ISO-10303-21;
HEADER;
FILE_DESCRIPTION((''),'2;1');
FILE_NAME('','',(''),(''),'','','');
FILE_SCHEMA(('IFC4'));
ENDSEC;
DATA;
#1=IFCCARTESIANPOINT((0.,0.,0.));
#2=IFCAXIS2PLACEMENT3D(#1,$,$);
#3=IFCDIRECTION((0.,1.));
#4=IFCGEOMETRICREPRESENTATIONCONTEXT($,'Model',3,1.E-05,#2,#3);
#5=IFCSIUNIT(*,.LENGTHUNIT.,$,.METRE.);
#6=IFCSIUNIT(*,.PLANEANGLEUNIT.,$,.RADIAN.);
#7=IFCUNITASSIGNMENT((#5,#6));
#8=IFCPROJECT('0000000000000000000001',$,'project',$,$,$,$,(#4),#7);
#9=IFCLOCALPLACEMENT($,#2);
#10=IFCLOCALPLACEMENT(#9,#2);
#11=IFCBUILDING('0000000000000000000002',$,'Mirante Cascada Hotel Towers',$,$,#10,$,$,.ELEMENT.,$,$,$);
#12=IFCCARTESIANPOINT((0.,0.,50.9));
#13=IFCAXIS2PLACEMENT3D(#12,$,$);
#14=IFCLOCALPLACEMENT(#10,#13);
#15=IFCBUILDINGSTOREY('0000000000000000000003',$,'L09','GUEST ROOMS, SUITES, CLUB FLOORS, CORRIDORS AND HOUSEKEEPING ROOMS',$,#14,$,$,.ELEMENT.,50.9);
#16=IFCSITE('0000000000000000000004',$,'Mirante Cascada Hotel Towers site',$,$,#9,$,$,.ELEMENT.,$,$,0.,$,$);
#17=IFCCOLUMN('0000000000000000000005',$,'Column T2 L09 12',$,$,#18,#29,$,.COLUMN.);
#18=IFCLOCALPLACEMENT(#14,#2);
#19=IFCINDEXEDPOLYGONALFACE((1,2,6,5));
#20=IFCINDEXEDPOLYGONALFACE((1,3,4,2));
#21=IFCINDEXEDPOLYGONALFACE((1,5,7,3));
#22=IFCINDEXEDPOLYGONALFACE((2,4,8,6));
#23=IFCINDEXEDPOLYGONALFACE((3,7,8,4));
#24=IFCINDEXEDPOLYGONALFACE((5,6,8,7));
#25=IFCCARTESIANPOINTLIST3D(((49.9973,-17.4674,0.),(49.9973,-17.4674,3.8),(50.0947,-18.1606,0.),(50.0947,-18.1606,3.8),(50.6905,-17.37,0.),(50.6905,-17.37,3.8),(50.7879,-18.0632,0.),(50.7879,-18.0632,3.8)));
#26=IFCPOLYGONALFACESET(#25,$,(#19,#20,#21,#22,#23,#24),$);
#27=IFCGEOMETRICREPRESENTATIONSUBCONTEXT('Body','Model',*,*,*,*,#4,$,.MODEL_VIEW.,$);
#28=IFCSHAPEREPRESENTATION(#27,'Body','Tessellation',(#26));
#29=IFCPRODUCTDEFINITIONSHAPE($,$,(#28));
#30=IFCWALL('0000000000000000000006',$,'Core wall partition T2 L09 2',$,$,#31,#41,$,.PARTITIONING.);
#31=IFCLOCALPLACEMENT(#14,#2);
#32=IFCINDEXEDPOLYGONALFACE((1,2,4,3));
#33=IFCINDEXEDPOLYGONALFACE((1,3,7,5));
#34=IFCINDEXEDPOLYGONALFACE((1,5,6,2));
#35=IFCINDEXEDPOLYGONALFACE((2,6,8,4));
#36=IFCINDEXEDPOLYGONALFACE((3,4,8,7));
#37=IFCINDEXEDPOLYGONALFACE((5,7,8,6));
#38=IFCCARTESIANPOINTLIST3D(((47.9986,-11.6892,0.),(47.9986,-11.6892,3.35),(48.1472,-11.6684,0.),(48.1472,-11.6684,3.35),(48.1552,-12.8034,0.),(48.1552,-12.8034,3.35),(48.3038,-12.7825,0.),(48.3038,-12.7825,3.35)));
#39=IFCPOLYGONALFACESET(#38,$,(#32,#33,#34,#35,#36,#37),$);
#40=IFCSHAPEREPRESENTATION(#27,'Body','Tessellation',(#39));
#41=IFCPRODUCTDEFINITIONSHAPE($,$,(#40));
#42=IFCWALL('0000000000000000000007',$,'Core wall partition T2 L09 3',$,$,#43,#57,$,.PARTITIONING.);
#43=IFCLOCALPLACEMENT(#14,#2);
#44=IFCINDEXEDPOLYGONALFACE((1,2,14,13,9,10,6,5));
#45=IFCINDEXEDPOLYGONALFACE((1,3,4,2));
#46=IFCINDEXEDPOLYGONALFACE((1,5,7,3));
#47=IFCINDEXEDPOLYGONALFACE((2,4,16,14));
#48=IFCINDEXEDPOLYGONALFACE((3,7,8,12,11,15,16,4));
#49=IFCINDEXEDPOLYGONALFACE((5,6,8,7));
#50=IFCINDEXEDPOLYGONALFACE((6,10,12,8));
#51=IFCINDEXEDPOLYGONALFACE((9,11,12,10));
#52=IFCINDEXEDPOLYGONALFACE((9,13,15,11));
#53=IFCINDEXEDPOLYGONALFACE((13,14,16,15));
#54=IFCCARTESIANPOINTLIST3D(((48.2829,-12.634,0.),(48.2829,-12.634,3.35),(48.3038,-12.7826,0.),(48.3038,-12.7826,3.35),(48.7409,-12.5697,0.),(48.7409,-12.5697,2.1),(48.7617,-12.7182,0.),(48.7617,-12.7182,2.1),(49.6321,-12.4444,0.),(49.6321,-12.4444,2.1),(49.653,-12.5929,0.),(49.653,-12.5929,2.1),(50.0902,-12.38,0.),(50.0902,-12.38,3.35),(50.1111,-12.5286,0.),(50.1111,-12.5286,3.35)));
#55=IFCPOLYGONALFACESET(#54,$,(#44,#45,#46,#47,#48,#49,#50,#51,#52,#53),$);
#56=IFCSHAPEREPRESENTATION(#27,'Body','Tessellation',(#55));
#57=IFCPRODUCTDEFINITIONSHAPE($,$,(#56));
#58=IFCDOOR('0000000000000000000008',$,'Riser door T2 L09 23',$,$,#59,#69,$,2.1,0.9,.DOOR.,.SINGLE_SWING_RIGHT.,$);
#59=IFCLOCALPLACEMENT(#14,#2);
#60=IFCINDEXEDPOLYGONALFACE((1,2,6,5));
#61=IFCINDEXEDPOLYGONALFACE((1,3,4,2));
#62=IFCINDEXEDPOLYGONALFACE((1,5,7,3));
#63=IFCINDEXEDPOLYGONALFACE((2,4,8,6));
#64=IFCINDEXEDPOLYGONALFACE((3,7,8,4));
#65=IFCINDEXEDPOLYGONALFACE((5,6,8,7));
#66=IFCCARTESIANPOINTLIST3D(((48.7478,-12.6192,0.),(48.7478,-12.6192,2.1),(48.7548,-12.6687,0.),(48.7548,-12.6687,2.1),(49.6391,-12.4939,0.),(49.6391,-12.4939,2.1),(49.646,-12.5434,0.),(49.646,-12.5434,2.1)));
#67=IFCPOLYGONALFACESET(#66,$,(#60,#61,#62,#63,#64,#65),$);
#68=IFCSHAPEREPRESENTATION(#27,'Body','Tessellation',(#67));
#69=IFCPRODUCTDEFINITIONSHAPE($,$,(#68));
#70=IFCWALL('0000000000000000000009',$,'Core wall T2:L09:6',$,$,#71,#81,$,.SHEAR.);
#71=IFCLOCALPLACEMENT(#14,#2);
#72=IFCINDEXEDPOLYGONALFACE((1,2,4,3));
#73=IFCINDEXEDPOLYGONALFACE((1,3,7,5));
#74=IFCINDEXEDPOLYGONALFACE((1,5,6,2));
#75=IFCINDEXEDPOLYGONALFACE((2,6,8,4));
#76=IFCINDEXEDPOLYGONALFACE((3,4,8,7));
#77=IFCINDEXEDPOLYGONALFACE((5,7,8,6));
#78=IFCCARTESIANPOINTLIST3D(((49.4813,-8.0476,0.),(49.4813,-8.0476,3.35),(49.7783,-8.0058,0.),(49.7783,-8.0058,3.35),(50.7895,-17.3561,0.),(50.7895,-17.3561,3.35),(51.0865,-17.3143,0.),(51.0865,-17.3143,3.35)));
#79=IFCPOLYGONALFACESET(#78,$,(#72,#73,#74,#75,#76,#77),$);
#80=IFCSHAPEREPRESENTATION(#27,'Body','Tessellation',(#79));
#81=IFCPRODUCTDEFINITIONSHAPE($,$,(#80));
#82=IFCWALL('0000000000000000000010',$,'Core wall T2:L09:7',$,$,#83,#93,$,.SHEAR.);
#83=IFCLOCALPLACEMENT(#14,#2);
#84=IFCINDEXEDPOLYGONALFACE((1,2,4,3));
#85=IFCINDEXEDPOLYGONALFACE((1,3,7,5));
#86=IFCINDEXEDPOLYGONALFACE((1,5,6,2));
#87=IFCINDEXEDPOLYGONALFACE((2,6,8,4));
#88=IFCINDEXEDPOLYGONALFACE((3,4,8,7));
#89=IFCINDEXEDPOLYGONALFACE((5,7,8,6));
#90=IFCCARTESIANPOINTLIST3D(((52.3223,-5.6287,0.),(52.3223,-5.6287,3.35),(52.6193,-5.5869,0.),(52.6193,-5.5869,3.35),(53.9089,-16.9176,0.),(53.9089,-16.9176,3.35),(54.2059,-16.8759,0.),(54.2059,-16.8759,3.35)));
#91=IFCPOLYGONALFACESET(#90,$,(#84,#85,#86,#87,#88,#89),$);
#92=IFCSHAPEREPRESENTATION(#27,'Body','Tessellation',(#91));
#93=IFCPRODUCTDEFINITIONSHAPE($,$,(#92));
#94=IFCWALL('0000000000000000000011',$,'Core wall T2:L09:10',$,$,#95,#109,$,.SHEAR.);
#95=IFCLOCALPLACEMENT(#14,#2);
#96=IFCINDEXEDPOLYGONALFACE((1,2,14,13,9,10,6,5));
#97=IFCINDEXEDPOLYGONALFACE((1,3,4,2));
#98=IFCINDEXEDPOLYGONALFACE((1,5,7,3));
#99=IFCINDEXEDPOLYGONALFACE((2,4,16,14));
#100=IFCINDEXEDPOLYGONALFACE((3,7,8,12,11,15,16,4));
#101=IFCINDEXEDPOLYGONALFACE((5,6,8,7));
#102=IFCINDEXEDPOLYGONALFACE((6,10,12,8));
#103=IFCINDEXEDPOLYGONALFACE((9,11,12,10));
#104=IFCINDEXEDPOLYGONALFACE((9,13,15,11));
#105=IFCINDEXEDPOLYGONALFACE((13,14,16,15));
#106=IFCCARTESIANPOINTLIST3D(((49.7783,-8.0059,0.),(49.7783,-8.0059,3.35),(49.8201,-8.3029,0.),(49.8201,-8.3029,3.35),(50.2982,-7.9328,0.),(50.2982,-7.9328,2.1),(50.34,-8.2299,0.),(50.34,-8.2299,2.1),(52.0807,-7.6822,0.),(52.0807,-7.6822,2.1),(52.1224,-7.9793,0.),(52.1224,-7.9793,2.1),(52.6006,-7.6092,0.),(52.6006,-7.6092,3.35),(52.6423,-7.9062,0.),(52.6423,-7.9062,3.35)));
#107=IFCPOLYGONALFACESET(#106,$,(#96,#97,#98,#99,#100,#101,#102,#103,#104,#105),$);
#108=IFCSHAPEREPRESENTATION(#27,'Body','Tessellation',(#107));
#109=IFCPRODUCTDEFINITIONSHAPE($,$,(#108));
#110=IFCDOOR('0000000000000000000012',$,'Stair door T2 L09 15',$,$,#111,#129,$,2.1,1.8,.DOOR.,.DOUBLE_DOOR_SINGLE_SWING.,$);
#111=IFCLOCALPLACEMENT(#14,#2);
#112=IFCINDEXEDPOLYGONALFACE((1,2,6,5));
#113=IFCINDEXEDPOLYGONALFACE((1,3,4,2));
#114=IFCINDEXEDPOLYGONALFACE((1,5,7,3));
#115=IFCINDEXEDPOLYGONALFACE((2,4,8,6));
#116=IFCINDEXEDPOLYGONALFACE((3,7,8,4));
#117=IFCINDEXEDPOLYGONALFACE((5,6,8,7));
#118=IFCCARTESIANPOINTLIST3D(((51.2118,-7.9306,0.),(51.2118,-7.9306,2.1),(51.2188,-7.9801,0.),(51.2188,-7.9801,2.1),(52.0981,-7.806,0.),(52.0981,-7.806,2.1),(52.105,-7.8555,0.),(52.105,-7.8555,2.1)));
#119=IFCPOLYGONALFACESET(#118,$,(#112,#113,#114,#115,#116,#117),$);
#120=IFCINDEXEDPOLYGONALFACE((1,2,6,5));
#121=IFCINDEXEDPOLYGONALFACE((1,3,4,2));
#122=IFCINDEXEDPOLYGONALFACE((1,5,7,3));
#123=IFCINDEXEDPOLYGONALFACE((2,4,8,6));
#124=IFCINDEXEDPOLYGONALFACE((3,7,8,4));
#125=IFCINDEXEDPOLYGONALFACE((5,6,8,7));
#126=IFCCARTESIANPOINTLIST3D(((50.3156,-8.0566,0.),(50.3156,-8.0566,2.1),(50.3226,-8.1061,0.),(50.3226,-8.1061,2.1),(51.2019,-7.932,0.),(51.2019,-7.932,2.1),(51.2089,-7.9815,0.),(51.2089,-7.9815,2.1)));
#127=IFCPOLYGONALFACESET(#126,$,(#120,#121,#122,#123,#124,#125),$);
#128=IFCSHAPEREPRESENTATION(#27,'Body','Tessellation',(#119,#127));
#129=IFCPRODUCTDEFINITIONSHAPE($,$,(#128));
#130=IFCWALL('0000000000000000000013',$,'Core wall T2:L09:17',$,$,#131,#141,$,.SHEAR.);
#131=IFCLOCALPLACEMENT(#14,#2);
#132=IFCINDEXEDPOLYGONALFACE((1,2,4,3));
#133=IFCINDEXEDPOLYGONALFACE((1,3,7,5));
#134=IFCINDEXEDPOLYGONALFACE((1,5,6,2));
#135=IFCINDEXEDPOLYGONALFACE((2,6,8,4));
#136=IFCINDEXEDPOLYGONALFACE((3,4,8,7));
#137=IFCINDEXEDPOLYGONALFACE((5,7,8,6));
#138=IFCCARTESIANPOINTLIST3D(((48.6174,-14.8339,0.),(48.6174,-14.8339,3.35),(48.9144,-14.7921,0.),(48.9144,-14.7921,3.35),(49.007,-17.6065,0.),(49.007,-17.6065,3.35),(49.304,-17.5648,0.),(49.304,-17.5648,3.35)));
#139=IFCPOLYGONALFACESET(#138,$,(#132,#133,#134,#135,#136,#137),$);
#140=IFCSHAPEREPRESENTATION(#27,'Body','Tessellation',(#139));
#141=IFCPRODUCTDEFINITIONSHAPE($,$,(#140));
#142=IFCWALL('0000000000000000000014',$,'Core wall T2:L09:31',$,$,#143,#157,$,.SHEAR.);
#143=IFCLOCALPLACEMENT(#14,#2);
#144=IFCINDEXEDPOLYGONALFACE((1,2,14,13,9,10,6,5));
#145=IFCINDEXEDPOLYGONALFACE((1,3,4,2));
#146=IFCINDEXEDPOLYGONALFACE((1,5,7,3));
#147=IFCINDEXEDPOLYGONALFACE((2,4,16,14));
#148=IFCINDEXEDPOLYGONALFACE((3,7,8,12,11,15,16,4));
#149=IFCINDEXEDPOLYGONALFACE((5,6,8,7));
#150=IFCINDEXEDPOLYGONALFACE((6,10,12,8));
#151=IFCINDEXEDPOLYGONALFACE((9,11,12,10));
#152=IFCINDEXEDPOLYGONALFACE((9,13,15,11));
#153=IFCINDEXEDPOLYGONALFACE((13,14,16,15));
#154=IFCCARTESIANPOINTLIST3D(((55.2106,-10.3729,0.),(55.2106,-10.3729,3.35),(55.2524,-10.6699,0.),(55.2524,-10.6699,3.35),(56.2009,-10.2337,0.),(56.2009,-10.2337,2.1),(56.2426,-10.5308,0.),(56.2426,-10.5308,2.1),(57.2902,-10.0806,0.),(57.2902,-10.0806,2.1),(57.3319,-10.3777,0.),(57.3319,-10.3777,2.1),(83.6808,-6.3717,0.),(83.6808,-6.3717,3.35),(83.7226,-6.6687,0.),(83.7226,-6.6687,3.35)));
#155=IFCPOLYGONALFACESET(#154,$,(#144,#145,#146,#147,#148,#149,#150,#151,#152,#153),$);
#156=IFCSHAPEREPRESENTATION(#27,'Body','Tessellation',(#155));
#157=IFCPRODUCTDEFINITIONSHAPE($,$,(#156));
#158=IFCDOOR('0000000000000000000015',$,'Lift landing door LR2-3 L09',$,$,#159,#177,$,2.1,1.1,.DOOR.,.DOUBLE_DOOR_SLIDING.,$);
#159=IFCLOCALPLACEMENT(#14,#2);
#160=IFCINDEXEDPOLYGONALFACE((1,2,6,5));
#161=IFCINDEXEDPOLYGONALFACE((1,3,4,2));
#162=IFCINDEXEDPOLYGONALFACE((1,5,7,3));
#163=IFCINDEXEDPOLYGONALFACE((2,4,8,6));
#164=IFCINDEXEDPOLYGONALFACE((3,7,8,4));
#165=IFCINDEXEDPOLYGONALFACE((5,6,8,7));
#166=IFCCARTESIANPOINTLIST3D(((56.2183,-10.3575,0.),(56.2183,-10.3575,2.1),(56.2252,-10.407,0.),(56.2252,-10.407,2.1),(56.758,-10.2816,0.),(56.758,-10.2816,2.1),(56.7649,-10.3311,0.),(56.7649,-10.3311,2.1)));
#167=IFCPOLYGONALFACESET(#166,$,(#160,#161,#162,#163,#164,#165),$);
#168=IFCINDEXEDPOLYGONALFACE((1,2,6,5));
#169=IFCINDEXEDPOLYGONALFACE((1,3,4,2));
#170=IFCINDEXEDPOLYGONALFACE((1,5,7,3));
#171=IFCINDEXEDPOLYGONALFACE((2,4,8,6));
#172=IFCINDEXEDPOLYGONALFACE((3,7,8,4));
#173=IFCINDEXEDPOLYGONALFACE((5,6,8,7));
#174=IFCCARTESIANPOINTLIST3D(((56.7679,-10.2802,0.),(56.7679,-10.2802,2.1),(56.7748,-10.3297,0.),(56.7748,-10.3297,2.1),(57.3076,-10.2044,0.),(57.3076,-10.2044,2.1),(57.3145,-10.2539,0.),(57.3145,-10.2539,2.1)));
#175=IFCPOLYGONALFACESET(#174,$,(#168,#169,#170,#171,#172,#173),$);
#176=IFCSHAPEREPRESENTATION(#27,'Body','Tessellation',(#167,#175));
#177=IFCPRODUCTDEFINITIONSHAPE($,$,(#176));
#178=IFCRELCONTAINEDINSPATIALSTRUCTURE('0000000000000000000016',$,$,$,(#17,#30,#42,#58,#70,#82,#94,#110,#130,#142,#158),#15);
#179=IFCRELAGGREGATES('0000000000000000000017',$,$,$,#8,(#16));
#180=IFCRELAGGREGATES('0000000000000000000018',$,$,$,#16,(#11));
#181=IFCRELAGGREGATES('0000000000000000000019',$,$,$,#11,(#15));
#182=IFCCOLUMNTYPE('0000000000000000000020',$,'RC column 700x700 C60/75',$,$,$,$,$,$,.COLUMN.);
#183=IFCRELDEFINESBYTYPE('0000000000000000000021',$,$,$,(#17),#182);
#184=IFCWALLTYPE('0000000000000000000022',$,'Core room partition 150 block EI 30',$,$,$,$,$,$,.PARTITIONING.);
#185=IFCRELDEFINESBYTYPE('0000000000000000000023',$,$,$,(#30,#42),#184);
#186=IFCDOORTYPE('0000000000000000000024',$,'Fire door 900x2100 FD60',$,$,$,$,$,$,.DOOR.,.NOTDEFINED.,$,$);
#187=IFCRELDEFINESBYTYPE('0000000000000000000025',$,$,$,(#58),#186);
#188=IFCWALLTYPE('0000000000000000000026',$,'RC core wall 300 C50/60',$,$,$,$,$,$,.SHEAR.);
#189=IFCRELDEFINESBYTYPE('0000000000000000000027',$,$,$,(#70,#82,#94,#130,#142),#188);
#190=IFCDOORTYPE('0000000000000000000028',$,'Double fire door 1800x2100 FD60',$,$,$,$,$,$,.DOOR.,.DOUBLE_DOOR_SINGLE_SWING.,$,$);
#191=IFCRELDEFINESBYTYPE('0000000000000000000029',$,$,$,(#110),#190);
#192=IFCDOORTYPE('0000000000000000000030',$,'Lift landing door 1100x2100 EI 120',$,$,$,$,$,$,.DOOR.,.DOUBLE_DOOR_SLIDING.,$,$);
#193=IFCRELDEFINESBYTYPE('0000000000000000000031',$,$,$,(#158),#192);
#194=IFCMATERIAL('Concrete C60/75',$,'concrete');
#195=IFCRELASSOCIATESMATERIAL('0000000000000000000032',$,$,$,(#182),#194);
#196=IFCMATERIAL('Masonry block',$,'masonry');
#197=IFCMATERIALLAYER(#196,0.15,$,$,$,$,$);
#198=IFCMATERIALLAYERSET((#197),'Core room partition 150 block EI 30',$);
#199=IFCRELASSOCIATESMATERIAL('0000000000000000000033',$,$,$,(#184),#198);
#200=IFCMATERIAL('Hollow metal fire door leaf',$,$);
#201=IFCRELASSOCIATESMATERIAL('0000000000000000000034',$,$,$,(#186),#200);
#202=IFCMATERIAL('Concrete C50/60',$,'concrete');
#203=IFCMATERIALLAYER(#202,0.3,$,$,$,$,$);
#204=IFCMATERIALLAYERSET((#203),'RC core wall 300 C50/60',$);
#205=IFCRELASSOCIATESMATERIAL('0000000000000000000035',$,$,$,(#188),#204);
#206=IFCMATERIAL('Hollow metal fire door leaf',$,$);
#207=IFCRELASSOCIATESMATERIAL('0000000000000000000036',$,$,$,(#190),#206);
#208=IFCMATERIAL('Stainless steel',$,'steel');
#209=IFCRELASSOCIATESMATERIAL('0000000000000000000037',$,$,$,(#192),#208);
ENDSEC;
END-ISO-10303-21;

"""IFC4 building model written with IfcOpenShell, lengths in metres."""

from ifc_helpers import new_model, si_unit, direction, frame, frame_2d, origin, origin_2d, place, context, subcontext, project, spatial, rectangle, extrude, material, layer, layer_set, material_profile, profile_set, type_object, element, fill, save


model = new_model("IFC4")

# Units and contexts
model_context = context("Model", 3, precision=1e-05, world=origin(), true_north=direction((0.0, 1.0)))
body_context = subcontext(model_context, "Body", "Model", "MODEL_VIEW")
ifc_project = project(units=[si_unit("LENGTHUNIT", "METRE"), si_unit("PLANEANGLEUNIT", "RADIAN")], contexts=[model_context])

# Site, building, storey
site_placement = place(None, origin())
site = spatial("IfcSite", under=ifc_project, at=site_placement, Name="Mirante Cascada Hotel Towers site", CompositionType="ELEMENT", RefElevation=0.0)
building_placement = place(site_placement, origin())
building = spatial("IfcBuilding", under=site, at=building_placement, Name="Mirante Cascada Hotel Towers", CompositionType="ELEMENT")
storey_placement = place(building_placement, frame((0.0, 0.0, 50.9)))
storey = spatial("IfcBuildingStorey", under=building, at=storey_placement, Name="L09", Description="GUEST ROOMS, SUITES, CLUB FLOORS, CORRIDORS AND HOUSEKEEPING ROOMS", CompositionType="ELEMENT", Elevation=50.9)

# Column
ifc_material_1 = material(Name="Concrete C60/75", Category="concrete")
ifc_material_profile = material_profile(ifc_material_1, rectangle(XDim=0.7, YDim=0.7, at=origin_2d()), Name="RC column 700x700 C60/75")
ifc_profile_set = profile_set([ifc_material_profile], Name="Concrete C60/75")
column_type = type_object("IfcColumnType", Name="RC column 700x700 C60/75", PredefinedType="COLUMN", material=ifc_profile_set)
column_placement = place(storey_placement, frame((50.3926, -17.7653, 0.0), z_axis=(0.0, 0.0, 1.0), x_axis=(0.990268, 0.139173, 0.0)))
element("IfcColumn", 1, at=column_placement, inside=storey, type_object=column_type, Name="Column T2 L09 12", PredefinedType="COLUMN", context=body_context, shape_type="SweptSolid", body=[
    extrude(rectangle(XDim=0.7, YDim=0.7, at=origin_2d()), origin(), (0.0, 0.0, 1.0), 3.8),
])

# Wall
ifc_material_2 = material(Name="Masonry block", Category="masonry")
ifc_layer_1 = layer(ifc_material_2, 0.15)
ifc_layer_set_1 = layer_set([ifc_layer_1], Name="Core room partition 150 block EI 30")
wall_type_1 = type_object("IfcWallType", Name="Core room partition 150 block EI 30", PredefinedType="PARTITIONING", material=ifc_layer_set_1)
wall_1_placement = place(storey_placement, frame((48.2295, -12.793, 0.0), z_axis=(0.0, 0.0, 1.0), x_axis=(-0.139193, 0.990265, 0.0)))
element("IfcWall", 2, at=wall_1_placement, inside=storey, type_object=wall_type_1, Name="Core wall partition T2 L09 2", PredefinedType="PARTITIONING", context=body_context, shape_type="SweptSolid", body=[
    extrude(rectangle(XDim=1.1251, YDim=0.15, at=frame_2d((0.5626, 0.0))), origin(), (0.0, 0.0, 1.0), 3.35),
])

# Wall, opening, door
wall_2_placement = place(storey_placement, frame((48.2933, -12.7083, 0.0), z_axis=(0.0, 0.0, 1.0), x_axis=(0.990268, 0.139173, 0.0)))
wall_2 = element("IfcWall", 3, at=wall_2_placement, inside=storey, type_object=wall_type_1, Name="Core wall partition T2 L09 3", PredefinedType="PARTITIONING", context=body_context, shape_type="SweptSolid", body=[
    extrude(rectangle(XDim=1.8251, YDim=0.15, at=frame_2d((0.9126, 0.0))), origin(), (0.0, 0.0, 1.0), 3.35),
])
opening_1_placement = place(wall_2_placement, frame((0.4625, 0.0, 0.0)))
opening_1 = element("IfcOpeningElement", 4, at=opening_1_placement, cuts=wall_2, PredefinedType="OPENING", context=body_context, shape_type="SweptSolid", body=[
    extrude(rectangle(XDim=0.9, YDim=2.1, at=frame_2d((0.45, 1.05))), frame((0.0, 0.075, 0.0), z_axis=(0.0, -1.0, 0.0), x_axis=(1.0, 0.0, 0.0)), (0.0, 0.0, 1.0), 0.15),
])
ifc_material_3 = material(Name="Hollow metal fire door leaf")
door_type_1 = type_object("IfcDoorType", Name="Fire door 900x2100 FD60", OperationType="NOTDEFINED", PredefinedType="DOOR", material=ifc_material_3)
door_1_placement = place(opening_1_placement, frame((0.9, 0.0, 0.0), z_axis=(0.0, 0.0, 1.0), x_axis=(-1.0, 0.0, 0.0)))
door_1 = element("IfcDoor", 5, at=door_1_placement, inside=storey, type_object=door_type_1, Name="Riser door T2 L09 23", OperationType="SINGLE_SWING_RIGHT", OverallHeight=2.1, OverallWidth=0.9, PredefinedType="DOOR", context=body_context, shape_type="SweptSolid", body=[
    extrude(rectangle(XDim=0.9, YDim=2.1, at=frame_2d((0.45, 1.05))), frame((0.0, 0.025, 0.0), z_axis=(0.0, -1.0, 0.0), x_axis=(1.0, 0.0, 0.0)), (0.0, 0.0, 1.0), 0.05),
])
fill(opening_1, door_1)

# Walls
ifc_material_4 = material(Name="Concrete C50/60", Category="concrete")
ifc_layer_2 = layer(ifc_material_4, 0.3)
ifc_layer_set_2 = layer_set([ifc_layer_2], Name="RC core wall 300 C50/60")
wall_type_2 = type_object("IfcWallType", Name="RC core wall 300 C50/60", PredefinedType="SHEAR", material=ifc_layer_set_2)
wall_3_placement = place(storey_placement, frame((50.938, -17.3352, 0.0), z_axis=(0.0, 0.0, 1.0), x_axis=(-0.139171, 0.990268, 0.0)))
element("IfcWall", 6, at=wall_3_placement, inside=storey, type_object=wall_type_2, Name="Core wall T2:L09:6", PredefinedType="SHEAR", context=body_context, shape_type="SweptSolid", body=[
    extrude(rectangle(XDim=9.4, YDim=0.3, at=frame_2d((4.7, 0.0))), origin(), (0.0, 0.0, 1.0), 3.35),
])
wall_4_placement = place(storey_placement, frame((54.0574, -16.8968, 0.0), z_axis=(0.0, 0.0, 1.0), x_axis=(-0.139176, 0.990268, 0.0)))
element("IfcWall", 7, at=wall_4_placement, inside=storey, type_object=wall_type_2, Name="Core wall T2:L09:7", PredefinedType="SHEAR", context=body_context, shape_type="SweptSolid", body=[
    extrude(rectangle(XDim=11.3999, YDim=0.3, at=frame_2d((5.7, 0.0))), origin(), (0.0, 0.0, 1.0), 3.35),
])

# Wall, opening, door
wall_5_placement = place(storey_placement, frame((49.7992, -8.1544, 0.0), z_axis=(0.0, 0.0, 1.0), x_axis=(0.990266, 0.139191, 0.0)))
wall_5 = element("IfcWall", 8, at=wall_5_placement, inside=storey, type_object=wall_type_2, Name="Core wall T2:L09:10", PredefinedType="SHEAR", context=body_context, shape_type="SweptSolid", body=[
    extrude(rectangle(XDim=2.85, YDim=0.3, at=frame_2d((1.425, 0.0))), origin(), (0.0, 0.0, 1.0), 3.35),
])
opening_2_placement = place(wall_5_placement, frame((0.525, 0.0, 0.0)))
opening_2 = element("IfcOpeningElement", 9, at=opening_2_placement, cuts=wall_5, PredefinedType="OPENING", context=body_context, shape_type="SweptSolid", body=[
    extrude(rectangle(XDim=1.8, YDim=2.1, at=frame_2d((0.9, 1.05))), frame((0.0, 0.15, 0.0), z_axis=(0.0, -1.0, 0.0), x_axis=(1.0, 0.0, 0.0)), (0.0, 0.0, 1.0), 0.3),
])
ifc_material_5 = material(Name="Hollow metal fire door leaf")
door_type_2 = type_object("IfcDoorType", Name="Double fire door 1800x2100 FD60", OperationType="DOUBLE_DOOR_SINGLE_SWING", PredefinedType="DOOR", material=ifc_material_5)
door_2_placement = place(opening_2_placement, frame((1.8, 0.0, 0.0), z_axis=(0.0, 0.0, 1.0), x_axis=(-1.0, 0.0, 0.0)))
door_2 = element("IfcDoor", 10, at=door_2_placement, inside=storey, type_object=door_type_2, Name="Stair door T2 L09 15", OperationType="DOUBLE_DOOR_SINGLE_SWING", OverallHeight=2.1, OverallWidth=1.8, PredefinedType="DOOR", context=body_context, shape_type="SweptSolid", body=[
    extrude(rectangle(XDim=0.895, YDim=2.1, at=frame_2d((0.4475, 1.05))), frame((0.0, 0.025, 0.0), z_axis=(0.0, -1.0, 0.0), x_axis=(1.0, 0.0, 0.0)), (0.0, 0.0, 1.0), 0.05),
    extrude(rectangle(XDim=0.895, YDim=2.1, at=frame_2d((1.3525, 1.05))), frame((0.0, 0.025, 0.0), z_axis=(0.0, -1.0, 0.0), x_axis=(1.0, 0.0, 0.0)), (0.0, 0.0, 1.0), 0.05),
])
fill(opening_2, door_2)

# Wall
wall_6_placement = place(storey_placement, frame((49.1555, -17.5857, 0.0), z_axis=(0.0, 0.0, 1.0), x_axis=(-0.139146, 0.990272, 0.0)))
element("IfcWall", 11, at=wall_6_placement, inside=storey, type_object=wall_type_2, Name="Core wall T2:L09:17", PredefinedType="SHEAR", context=body_context, shape_type="SweptSolid", body=[
    extrude(rectangle(XDim=2.7999, YDim=0.3, at=frame_2d((1.4, 0.0))), origin(), (0.0, 0.0, 1.0), 3.35),
])

# Shared definitions
ifc_material_6 = material(Name="Stainless steel", Category="steel")
door_type_3 = type_object("IfcDoorType", Name="Lift landing door 1100x2100 EI 120", OperationType="DOUBLE_DOOR_SLIDING", PredefinedType="DOOR", material=ifc_material_6)

# Wall, opening, door
wall_7_placement = place(storey_placement, frame((55.2315, -10.5214, 0.0), z_axis=(0.0, 0.0, 1.0), x_axis=(0.990268, 0.139172, 0.0)))
wall_7 = element("IfcWall", 12, at=wall_7_placement, inside=storey, type_object=wall_type_2, Name="Core wall T2:L09:31", PredefinedType="SHEAR", context=body_context, shape_type="SweptSolid", body=[
    extrude(rectangle(XDim=28.75, YDim=0.3, at=frame_2d((14.375, 0.0))), origin(), (0.0, 0.0, 1.0), 3.35),
])
opening_3_placement = place(wall_7_placement, frame((1.0, 0.0, 0.0)))
opening_3 = element("IfcOpeningElement", 13, at=opening_3_placement, cuts=wall_7, PredefinedType="OPENING", context=body_context, shape_type="SweptSolid", body=[
    extrude(rectangle(XDim=1.1, YDim=2.1, at=frame_2d((0.55, 1.05))), frame((0.0, 0.15, 0.0), z_axis=(0.0, -1.0, 0.0), x_axis=(1.0, 0.0, 0.0)), (0.0, 0.0, 1.0), 0.3),
])
door_3_placement = place(opening_3_placement, origin())
door_3 = element("IfcDoor", 14, at=door_3_placement, inside=storey, type_object=door_type_3, Name="Lift landing door LR2-3 L09", OperationType="DOUBLE_DOOR_SLIDING", OverallHeight=2.1, OverallWidth=1.1, PredefinedType="DOOR", context=body_context, shape_type="SweptSolid", body=[
    extrude(rectangle(XDim=0.545, YDim=2.1, at=frame_2d((0.2725, 1.05))), frame((0.0, 0.025, 0.0), z_axis=(0.0, -1.0, 0.0), x_axis=(1.0, 0.0, 0.0)), (0.0, 0.0, 1.0), 0.05),
    extrude(rectangle(XDim=0.545, YDim=2.1, at=frame_2d((0.8275, 1.05))), frame((0.0, 0.025, 0.0), z_axis=(0.0, -1.0, 0.0), x_axis=(1.0, 0.0, 0.0)), (0.0, 0.0, 1.0), 0.05),
])
fill(opening_3, door_3)

save(model, "model.ifc")
